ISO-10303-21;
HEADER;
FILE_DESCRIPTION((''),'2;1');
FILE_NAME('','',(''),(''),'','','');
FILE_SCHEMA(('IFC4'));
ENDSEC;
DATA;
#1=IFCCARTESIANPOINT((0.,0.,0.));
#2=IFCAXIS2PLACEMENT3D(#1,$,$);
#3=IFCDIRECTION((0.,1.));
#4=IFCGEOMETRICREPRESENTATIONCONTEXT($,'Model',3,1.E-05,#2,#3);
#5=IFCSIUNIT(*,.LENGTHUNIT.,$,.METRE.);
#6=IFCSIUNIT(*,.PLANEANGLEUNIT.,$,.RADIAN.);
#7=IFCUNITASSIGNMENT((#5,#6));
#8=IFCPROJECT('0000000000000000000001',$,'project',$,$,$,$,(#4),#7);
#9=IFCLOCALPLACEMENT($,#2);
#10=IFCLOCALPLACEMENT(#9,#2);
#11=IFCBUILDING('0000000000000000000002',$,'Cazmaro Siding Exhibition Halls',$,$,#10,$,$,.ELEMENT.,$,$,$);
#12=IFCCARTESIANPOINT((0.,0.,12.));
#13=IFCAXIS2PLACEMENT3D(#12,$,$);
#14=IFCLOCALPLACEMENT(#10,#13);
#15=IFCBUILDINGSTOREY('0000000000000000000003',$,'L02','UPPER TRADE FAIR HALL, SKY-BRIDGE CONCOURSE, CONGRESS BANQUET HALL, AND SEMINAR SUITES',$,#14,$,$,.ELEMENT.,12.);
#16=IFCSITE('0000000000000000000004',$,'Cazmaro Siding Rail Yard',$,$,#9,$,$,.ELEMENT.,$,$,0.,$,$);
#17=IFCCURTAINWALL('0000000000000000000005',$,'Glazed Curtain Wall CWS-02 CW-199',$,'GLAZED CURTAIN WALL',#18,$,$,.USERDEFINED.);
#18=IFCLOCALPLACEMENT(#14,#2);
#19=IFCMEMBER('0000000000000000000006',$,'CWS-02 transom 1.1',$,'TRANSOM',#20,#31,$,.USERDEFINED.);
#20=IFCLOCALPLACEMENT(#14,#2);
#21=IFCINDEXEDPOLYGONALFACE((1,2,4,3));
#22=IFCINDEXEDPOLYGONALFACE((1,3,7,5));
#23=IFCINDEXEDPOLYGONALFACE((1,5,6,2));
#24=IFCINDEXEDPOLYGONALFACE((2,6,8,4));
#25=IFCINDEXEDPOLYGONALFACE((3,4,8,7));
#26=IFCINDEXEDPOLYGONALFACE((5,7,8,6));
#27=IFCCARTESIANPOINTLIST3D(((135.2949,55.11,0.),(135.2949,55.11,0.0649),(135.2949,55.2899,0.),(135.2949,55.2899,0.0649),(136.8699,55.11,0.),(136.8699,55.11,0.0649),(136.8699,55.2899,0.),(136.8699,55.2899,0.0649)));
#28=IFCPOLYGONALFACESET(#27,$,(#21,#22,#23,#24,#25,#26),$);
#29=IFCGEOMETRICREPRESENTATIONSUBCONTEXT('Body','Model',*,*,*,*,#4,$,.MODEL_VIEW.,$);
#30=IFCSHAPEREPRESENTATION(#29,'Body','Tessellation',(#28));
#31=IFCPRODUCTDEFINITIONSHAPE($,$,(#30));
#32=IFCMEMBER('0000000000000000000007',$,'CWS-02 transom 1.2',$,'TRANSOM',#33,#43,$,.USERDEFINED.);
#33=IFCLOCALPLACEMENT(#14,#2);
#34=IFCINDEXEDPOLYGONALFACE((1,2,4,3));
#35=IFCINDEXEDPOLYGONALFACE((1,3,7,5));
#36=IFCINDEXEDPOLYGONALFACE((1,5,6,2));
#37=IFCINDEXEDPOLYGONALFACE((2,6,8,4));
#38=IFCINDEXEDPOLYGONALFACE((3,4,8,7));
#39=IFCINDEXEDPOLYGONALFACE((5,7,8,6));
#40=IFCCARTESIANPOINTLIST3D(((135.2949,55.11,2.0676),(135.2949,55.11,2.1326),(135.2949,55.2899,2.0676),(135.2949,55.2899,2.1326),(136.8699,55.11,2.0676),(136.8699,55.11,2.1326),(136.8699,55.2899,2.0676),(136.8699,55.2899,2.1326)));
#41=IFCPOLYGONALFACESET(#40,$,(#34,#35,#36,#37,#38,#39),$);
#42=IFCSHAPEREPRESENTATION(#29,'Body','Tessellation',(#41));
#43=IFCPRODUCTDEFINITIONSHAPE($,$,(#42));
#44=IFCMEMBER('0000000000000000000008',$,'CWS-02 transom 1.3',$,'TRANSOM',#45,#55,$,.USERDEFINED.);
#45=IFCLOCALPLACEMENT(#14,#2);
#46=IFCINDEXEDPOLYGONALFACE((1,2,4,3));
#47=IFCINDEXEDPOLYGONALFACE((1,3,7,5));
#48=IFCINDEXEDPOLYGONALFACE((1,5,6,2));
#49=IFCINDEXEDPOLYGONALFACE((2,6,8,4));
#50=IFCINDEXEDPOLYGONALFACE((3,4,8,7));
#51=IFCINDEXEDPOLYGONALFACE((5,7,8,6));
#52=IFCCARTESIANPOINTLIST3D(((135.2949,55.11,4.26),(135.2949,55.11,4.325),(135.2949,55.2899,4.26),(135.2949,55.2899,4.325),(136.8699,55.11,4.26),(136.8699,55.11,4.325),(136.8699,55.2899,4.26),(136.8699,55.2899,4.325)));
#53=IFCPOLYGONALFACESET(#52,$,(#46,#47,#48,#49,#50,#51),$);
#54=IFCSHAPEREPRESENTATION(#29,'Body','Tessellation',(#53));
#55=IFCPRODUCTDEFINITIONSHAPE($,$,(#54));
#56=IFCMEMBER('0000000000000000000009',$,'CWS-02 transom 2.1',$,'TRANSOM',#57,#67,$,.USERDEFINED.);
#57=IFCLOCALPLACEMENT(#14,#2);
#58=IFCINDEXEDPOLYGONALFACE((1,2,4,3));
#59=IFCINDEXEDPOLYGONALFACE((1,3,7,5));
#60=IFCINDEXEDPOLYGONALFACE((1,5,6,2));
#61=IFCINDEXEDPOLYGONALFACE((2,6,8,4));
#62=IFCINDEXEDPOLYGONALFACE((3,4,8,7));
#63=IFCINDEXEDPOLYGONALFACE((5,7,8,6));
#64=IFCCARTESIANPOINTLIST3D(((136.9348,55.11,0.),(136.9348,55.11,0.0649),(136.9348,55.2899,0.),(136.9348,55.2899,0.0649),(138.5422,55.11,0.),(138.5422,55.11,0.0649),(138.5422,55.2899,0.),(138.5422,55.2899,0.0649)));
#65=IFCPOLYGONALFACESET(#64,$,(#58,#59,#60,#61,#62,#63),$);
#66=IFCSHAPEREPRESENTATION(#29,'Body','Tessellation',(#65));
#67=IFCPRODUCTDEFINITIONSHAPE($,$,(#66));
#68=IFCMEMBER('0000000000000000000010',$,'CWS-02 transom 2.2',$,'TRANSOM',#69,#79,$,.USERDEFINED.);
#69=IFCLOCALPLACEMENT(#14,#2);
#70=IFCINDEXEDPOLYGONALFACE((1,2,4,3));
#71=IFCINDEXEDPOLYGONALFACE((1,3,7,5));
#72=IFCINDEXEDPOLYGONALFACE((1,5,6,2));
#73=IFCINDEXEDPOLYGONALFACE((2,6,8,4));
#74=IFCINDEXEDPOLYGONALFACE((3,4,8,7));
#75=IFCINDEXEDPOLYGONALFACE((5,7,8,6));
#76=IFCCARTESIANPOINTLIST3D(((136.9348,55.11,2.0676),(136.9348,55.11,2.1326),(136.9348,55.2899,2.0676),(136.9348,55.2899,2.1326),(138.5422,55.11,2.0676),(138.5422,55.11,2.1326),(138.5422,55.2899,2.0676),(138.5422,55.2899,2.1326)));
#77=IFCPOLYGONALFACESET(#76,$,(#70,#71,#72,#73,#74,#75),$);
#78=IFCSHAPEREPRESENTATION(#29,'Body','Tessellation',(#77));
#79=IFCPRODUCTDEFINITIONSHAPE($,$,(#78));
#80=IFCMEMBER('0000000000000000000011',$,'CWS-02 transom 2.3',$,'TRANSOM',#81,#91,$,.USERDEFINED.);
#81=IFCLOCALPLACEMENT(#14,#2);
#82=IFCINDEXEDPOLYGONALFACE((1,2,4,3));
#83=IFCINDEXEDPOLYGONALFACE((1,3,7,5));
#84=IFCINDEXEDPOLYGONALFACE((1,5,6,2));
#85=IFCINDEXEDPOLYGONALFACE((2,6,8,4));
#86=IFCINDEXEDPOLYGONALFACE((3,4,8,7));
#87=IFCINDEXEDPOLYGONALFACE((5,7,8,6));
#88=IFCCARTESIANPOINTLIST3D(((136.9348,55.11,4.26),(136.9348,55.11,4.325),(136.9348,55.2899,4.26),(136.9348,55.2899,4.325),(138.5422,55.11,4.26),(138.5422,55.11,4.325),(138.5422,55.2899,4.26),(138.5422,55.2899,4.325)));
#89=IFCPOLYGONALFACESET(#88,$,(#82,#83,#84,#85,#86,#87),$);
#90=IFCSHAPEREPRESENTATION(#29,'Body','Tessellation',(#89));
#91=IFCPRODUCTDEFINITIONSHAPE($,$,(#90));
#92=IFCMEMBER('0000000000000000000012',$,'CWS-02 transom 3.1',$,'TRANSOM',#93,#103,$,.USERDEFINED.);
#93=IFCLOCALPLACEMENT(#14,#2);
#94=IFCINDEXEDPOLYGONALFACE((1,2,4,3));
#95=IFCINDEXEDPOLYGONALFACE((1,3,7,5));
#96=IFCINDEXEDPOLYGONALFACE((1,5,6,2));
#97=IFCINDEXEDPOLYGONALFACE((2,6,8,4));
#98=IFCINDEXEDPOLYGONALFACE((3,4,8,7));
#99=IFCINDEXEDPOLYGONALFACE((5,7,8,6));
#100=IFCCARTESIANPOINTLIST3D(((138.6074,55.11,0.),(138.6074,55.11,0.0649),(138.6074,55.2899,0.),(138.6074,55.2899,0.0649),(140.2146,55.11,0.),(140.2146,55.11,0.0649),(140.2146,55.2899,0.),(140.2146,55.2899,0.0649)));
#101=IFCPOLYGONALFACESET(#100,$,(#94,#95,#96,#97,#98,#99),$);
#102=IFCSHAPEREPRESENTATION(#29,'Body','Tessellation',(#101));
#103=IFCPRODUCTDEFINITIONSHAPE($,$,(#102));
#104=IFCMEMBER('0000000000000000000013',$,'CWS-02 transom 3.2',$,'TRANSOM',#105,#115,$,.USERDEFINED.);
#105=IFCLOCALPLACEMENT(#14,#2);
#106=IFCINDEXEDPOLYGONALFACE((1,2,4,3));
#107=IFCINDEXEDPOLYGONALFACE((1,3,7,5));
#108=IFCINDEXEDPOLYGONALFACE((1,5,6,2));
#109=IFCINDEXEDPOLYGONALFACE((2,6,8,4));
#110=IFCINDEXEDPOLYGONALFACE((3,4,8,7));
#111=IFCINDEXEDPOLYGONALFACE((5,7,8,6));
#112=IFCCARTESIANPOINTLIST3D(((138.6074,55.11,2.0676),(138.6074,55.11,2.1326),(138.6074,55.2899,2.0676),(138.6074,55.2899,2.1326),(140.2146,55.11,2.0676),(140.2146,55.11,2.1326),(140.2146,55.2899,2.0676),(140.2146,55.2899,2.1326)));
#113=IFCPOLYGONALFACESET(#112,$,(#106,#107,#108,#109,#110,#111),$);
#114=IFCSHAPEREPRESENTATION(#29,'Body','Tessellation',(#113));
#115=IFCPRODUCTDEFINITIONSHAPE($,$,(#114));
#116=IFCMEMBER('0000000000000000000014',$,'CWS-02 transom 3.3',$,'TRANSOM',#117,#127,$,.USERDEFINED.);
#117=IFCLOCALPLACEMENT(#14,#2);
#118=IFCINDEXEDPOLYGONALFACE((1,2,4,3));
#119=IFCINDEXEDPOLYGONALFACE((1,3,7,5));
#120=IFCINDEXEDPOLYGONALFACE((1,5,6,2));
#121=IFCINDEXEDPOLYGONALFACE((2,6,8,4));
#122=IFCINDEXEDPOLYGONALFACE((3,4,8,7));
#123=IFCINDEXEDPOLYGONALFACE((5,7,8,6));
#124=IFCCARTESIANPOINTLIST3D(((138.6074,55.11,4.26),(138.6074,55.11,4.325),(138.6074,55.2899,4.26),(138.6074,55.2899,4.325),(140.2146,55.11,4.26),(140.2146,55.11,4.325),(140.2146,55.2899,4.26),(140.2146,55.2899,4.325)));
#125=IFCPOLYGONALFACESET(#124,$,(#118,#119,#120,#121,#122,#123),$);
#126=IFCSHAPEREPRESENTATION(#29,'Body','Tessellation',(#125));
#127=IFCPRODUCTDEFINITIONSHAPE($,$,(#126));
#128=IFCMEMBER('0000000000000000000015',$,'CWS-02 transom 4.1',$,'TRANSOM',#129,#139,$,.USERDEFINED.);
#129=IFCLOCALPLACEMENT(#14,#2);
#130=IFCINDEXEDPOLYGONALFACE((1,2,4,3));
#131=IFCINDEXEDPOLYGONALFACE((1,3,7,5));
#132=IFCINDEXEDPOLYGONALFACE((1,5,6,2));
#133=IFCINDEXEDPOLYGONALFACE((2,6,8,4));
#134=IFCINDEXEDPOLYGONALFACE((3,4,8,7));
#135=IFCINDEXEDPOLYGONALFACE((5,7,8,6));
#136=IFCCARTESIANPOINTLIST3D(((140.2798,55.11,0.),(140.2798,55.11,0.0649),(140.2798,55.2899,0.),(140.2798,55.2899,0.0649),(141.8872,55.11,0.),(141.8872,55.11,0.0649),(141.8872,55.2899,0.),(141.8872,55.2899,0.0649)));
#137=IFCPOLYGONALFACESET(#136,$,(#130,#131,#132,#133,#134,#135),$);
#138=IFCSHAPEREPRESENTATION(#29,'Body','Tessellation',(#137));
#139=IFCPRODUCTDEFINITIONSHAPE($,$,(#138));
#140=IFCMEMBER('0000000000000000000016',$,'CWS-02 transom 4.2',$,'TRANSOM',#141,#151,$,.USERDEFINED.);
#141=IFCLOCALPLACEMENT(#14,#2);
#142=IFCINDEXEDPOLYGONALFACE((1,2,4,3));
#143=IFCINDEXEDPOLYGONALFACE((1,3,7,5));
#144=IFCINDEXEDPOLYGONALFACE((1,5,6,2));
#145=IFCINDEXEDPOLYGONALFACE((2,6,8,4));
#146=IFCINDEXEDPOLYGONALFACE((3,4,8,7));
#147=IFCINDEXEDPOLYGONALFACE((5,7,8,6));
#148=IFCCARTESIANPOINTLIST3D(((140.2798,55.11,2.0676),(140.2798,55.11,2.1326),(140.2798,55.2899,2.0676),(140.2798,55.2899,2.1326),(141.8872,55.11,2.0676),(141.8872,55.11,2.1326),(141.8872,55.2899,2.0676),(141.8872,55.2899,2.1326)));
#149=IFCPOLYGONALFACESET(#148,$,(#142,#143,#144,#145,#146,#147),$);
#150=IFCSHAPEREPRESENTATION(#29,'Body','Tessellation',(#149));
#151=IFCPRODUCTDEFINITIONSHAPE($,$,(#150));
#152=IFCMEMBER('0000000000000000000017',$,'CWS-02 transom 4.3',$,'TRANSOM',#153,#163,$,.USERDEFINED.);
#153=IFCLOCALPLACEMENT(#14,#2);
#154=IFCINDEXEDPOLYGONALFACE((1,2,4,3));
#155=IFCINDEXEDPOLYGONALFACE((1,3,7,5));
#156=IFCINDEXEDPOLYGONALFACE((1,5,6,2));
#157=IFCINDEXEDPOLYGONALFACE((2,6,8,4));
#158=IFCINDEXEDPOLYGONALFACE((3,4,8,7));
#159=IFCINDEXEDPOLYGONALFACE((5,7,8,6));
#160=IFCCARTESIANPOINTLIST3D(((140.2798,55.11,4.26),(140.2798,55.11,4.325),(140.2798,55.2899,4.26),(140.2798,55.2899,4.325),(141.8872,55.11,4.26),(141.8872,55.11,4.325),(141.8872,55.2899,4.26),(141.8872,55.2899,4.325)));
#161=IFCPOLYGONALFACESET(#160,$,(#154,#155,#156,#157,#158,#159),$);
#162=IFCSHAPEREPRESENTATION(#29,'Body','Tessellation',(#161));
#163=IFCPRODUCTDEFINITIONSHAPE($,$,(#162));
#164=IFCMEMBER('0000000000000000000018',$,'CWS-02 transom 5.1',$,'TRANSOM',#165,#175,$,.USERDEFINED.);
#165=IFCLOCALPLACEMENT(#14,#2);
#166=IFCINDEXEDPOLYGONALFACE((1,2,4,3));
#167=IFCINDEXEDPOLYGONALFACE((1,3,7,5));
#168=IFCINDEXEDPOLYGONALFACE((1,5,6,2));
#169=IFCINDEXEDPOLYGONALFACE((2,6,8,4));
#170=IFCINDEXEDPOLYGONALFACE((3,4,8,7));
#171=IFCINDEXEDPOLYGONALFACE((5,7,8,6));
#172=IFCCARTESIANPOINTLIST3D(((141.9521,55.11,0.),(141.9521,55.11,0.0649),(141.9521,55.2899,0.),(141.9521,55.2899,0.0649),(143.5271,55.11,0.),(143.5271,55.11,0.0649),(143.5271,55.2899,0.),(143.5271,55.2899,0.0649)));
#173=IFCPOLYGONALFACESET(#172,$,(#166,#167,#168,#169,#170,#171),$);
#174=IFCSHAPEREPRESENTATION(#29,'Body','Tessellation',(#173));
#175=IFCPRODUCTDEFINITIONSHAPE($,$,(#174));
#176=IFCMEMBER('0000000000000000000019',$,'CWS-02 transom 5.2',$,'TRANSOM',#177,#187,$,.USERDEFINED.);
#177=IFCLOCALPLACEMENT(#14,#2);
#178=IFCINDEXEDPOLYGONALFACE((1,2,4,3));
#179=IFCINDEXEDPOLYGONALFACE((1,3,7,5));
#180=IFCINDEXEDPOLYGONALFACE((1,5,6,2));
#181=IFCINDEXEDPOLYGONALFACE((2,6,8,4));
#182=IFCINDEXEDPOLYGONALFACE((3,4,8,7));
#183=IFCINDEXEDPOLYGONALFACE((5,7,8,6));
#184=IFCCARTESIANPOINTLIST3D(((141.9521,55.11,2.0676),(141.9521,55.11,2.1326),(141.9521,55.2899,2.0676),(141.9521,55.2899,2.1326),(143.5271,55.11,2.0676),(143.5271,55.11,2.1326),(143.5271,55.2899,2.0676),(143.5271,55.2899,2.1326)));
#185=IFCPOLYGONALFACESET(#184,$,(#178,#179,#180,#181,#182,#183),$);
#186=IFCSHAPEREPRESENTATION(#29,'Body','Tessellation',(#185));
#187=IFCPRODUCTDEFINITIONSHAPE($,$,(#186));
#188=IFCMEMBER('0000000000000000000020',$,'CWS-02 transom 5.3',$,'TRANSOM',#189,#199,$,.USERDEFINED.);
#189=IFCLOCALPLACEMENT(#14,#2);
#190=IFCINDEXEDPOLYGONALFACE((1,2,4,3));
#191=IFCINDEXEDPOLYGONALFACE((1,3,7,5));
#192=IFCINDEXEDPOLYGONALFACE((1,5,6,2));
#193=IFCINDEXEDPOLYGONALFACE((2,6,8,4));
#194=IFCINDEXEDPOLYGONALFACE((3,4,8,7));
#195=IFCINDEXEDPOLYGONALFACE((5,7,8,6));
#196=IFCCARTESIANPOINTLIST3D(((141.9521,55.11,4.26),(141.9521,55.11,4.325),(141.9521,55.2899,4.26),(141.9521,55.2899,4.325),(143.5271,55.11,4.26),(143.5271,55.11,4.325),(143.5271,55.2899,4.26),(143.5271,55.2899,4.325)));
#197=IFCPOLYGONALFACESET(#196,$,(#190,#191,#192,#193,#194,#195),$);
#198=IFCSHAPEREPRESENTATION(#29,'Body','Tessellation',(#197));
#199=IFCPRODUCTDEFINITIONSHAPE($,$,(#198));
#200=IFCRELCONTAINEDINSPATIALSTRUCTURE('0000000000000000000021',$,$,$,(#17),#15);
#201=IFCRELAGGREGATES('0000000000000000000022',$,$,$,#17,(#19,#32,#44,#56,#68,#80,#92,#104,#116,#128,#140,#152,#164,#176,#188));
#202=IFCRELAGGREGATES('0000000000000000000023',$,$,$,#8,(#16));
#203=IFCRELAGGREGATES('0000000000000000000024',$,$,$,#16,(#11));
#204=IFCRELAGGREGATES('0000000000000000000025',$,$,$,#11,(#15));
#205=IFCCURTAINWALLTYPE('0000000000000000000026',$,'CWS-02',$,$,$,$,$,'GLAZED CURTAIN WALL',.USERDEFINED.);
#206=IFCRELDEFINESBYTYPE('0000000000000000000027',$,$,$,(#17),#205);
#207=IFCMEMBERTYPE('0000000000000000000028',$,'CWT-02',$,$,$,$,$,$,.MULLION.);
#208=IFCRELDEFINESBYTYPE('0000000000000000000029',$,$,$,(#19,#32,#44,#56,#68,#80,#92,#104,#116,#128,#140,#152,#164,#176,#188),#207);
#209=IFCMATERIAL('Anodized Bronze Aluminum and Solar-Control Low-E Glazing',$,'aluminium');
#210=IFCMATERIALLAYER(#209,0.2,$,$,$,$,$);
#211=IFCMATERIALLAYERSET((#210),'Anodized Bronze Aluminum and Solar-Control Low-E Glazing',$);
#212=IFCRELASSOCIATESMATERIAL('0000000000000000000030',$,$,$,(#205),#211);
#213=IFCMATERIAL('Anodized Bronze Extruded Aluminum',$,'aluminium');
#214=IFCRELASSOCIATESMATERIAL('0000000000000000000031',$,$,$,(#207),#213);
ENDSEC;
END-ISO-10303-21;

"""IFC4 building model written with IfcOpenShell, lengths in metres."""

from ifc_helpers import new_model, si_unit, direction, frame, origin, origin_2d, place, context, subcontext, project, spatial, rectangle, extrude, material, layer, layer_set, material_profile, profile_set, type_object, element, aggregate, save


model = new_model("IFC4")

# Units and contexts
model_context = context("Model", 3, precision=1e-05, world=origin(), true_north=direction((0.0, 1.0)))
body_context = subcontext(model_context, "Body", "Model", "MODEL_VIEW")
ifc_project = project(units=[si_unit("LENGTHUNIT", "METRE"), si_unit("PLANEANGLEUNIT", "RADIAN")], contexts=[model_context])

# Site, building, storey
site_placement = place(None, origin())
site = spatial("IfcSite", under=ifc_project, at=site_placement, Name="Cazmaro Siding Rail Yard", CompositionType="ELEMENT", RefElevation=0.0)
building_placement = place(site_placement, origin())
building = spatial("IfcBuilding", under=site, at=building_placement, Name="Cazmaro Siding Exhibition Halls", CompositionType="ELEMENT")
storey_placement = place(building_placement, frame((0.0, 0.0, 12.0)))
storey = spatial("IfcBuildingStorey", under=building, at=storey_placement, Name="L02", Description="UPPER TRADE FAIR HALL, SKY-BRIDGE CONCOURSE, CONGRESS BANQUET HALL, AND SEMINAR SUITES", CompositionType="ELEMENT", Elevation=12.0)

# Curtain wall, members
ifc_material_1 = material(Name="Anodized Bronze Aluminum and Solar-Control Low-E Glazing", Category="aluminium")
ifc_layer_1 = layer(ifc_material_1, 0.2)
ifc_layer_set_1 = layer_set([ifc_layer_1], Name="Anodized Bronze Aluminum and Solar-Control Low-E Glazing")
curtain_wall_type = type_object("IfcCurtainWallType", Name="CWS-02", ElementType="GLAZED CURTAIN WALL", PredefinedType="USERDEFINED", material=ifc_layer_set_1)
curtain_wall_placement = place(storey_placement, origin())
curtain_wall = element("IfcCurtainWall", 1, at=curtain_wall_placement, inside=storey, type_object=curtain_wall_type, Name="Glazed Curtain Wall CWS-02 CW-199", ObjectType="GLAZED CURTAIN WALL", PredefinedType="USERDEFINED")
ifc_material_2 = material(Name="Anodized Bronze Extruded Aluminum", Category="aluminium")
ifc_material_profile_1 = material_profile(ifc_material_2, rectangle(XDim=0.1799, YDim=0.0649, at=origin_2d()), Name="CWT-02")
ifc_profile_set_1 = profile_set([ifc_material_profile_1], Name="Anodized Bronze Extruded Aluminum")
member_type_1 = type_object("IfcMemberType", Name="CWT-02", PredefinedType="MULLION", material=ifc_profile_set_1)
member_1_placement = place(storey_placement, frame((135.2949, 55.2, 0.0325), z_axis=(1.0, 0.0, 0.0), x_axis=(0.0, 1.0, 0.0)))
member_1 = element("IfcMember", 2, at=member_1_placement, type_object=member_type_1, Name="CWS-02 transom 1.1", ObjectType="TRANSOM", PredefinedType="USERDEFINED", context=body_context, shape_type="SweptSolid", body=[
    extrude(rectangle(XDim=0.1799, YDim=0.0649, at=origin_2d()), origin(), (0.0, 0.0, 1.0), 1.575),
])
member_2_placement = place(storey_placement, frame((135.2949, 55.2, 2.1001), z_axis=(1.0, 0.0, 0.0), x_axis=(0.0, 1.0, 0.0)))
member_2 = element("IfcMember", 3, at=member_2_placement, type_object=member_type_1, Name="CWS-02 transom 1.2", ObjectType="TRANSOM", PredefinedType="USERDEFINED", context=body_context, shape_type="SweptSolid", body=[
    extrude(rectangle(XDim=0.1799, YDim=0.0649, at=origin_2d()), origin(), (0.0, 0.0, 1.0), 1.575),
])
member_3_placement = place(storey_placement, frame((135.2949, 55.2, 4.2925), z_axis=(1.0, 0.0, 0.0), x_axis=(0.0, 1.0, 0.0)))
member_3 = element("IfcMember", 4, at=member_3_placement, type_object=member_type_1, Name="CWS-02 transom 1.3", ObjectType="TRANSOM", PredefinedType="USERDEFINED", context=body_context, shape_type="SweptSolid", body=[
    extrude(rectangle(XDim=0.1799, YDim=0.0649, at=origin_2d()), origin(), (0.0, 0.0, 1.0), 1.575),
])
member_4_placement = place(storey_placement, frame((136.9348, 55.2, 0.0325), z_axis=(1.0, 0.0, 0.0), x_axis=(0.0, 1.0, 0.0)))
member_4 = element("IfcMember", 5, at=member_4_placement, type_object=member_type_1, Name="CWS-02 transom 2.1", ObjectType="TRANSOM", PredefinedType="USERDEFINED", context=body_context, shape_type="SweptSolid", body=[
    extrude(rectangle(XDim=0.1799, YDim=0.0649, at=origin_2d()), origin(), (0.0, 0.0, 1.0), 1.6074),
])
member_5_placement = place(storey_placement, frame((136.9348, 55.2, 2.1001), z_axis=(1.0, 0.0, 0.0), x_axis=(0.0, 1.0, 0.0)))
member_5 = element("IfcMember", 6, at=member_5_placement, type_object=member_type_1, Name="CWS-02 transom 2.2", ObjectType="TRANSOM", PredefinedType="USERDEFINED", context=body_context, shape_type="SweptSolid", body=[
    extrude(rectangle(XDim=0.1799, YDim=0.0649, at=origin_2d()), origin(), (0.0, 0.0, 1.0), 1.6074),
])
member_6_placement = place(storey_placement, frame((136.9348, 55.2, 4.2925), z_axis=(1.0, 0.0, 0.0), x_axis=(0.0, 1.0, 0.0)))
member_6 = element("IfcMember", 7, at=member_6_placement, type_object=member_type_1, Name="CWS-02 transom 2.3", ObjectType="TRANSOM", PredefinedType="USERDEFINED", context=body_context, shape_type="SweptSolid", body=[
    extrude(rectangle(XDim=0.1799, YDim=0.0649, at=origin_2d()), origin(), (0.0, 0.0, 1.0), 1.6074),
])
member_7_placement = place(storey_placement, frame((138.6074, 55.2, 0.0325), z_axis=(1.0, 0.0, 0.0), x_axis=(0.0, 1.0, 0.0)))
member_7 = element("IfcMember", 8, at=member_7_placement, type_object=member_type_1, Name="CWS-02 transom 3.1", ObjectType="TRANSOM", PredefinedType="USERDEFINED", context=body_context, shape_type="SweptSolid", body=[
    extrude(rectangle(XDim=0.1799, YDim=0.0649, at=origin_2d()), origin(), (0.0, 0.0, 1.0), 1.6072),
])
member_8_placement = place(storey_placement, frame((138.6074, 55.2, 2.1001), z_axis=(1.0, 0.0, 0.0), x_axis=(0.0, 1.0, 0.0)))
member_8 = element("IfcMember", 9, at=member_8_placement, type_object=member_type_1, Name="CWS-02 transom 3.2", ObjectType="TRANSOM", PredefinedType="USERDEFINED", context=body_context, shape_type="SweptSolid", body=[
    extrude(rectangle(XDim=0.1799, YDim=0.0649, at=origin_2d()), origin(), (0.0, 0.0, 1.0), 1.6072),
])
member_9_placement = place(storey_placement, frame((138.6074, 55.2, 4.2925), z_axis=(1.0, 0.0, 0.0), x_axis=(0.0, 1.0, 0.0)))
member_9 = element("IfcMember", 10, at=member_9_placement, type_object=member_type_1, Name="CWS-02 transom 3.3", ObjectType="TRANSOM", PredefinedType="USERDEFINED", context=body_context, shape_type="SweptSolid", body=[
    extrude(rectangle(XDim=0.1799, YDim=0.0649, at=origin_2d()), origin(), (0.0, 0.0, 1.0), 1.6072),
])
member_10_placement = place(storey_placement, frame((140.2798, 55.2, 0.0325), z_axis=(1.0, 0.0, 0.0), x_axis=(0.0, 1.0, 0.0)))
member_10 = element("IfcMember", 11, at=member_10_placement, type_object=member_type_1, Name="CWS-02 transom 4.1", ObjectType="TRANSOM", PredefinedType="USERDEFINED", context=body_context, shape_type="SweptSolid", body=[
    extrude(rectangle(XDim=0.1799, YDim=0.0649, at=origin_2d()), origin(), (0.0, 0.0, 1.0), 1.6074),
])
member_11_placement = place(storey_placement, frame((140.2798, 55.2, 2.1001), z_axis=(1.0, 0.0, 0.0), x_axis=(0.0, 1.0, 0.0)))
member_11 = element("IfcMember", 12, at=member_11_placement, type_object=member_type_1, Name="CWS-02 transom 4.2", ObjectType="TRANSOM", PredefinedType="USERDEFINED", context=body_context, shape_type="SweptSolid", body=[
    extrude(rectangle(XDim=0.1799, YDim=0.0649, at=origin_2d()), origin(), (0.0, 0.0, 1.0), 1.6074),
])
member_12_placement = place(storey_placement, frame((140.2798, 55.2, 4.2925), z_axis=(1.0, 0.0, 0.0), x_axis=(0.0, 1.0, 0.0)))
member_12 = element("IfcMember", 13, at=member_12_placement, type_object=member_type_1, Name="CWS-02 transom 4.3", ObjectType="TRANSOM", PredefinedType="USERDEFINED", context=body_context, shape_type="SweptSolid", body=[
    extrude(rectangle(XDim=0.1799, YDim=0.0649, at=origin_2d()), origin(), (0.0, 0.0, 1.0), 1.6074),
])
member_13_placement = place(storey_placement, frame((141.9521, 55.2, 0.0325), z_axis=(1.0, 0.0, 0.0), x_axis=(0.0, 1.0, 0.0)))
member_13 = element("IfcMember", 14, at=member_13_placement, type_object=member_type_1, Name="CWS-02 transom 5.1", ObjectType="TRANSOM", PredefinedType="USERDEFINED", context=body_context, shape_type="SweptSolid", body=[
    extrude(rectangle(XDim=0.1799, YDim=0.0649, at=origin_2d()), origin(), (0.0, 0.0, 1.0), 1.575),
])
member_14_placement = place(storey_placement, frame((141.9521, 55.2, 2.1001), z_axis=(1.0, 0.0, 0.0), x_axis=(0.0, 1.0, 0.0)))
member_14 = element("IfcMember", 15, at=member_14_placement, type_object=member_type_1, Name="CWS-02 transom 5.2", ObjectType="TRANSOM", PredefinedType="USERDEFINED", context=body_context, shape_type="SweptSolid", body=[
    extrude(rectangle(XDim=0.1799, YDim=0.0649, at=origin_2d()), origin(), (0.0, 0.0, 1.0), 1.575),
])
member_15_placement = place(storey_placement, frame((141.9521, 55.2, 4.2925), z_axis=(1.0, 0.0, 0.0), x_axis=(0.0, 1.0, 0.0)))
member_15 = element("IfcMember", 16, at=member_15_placement, type_object=member_type_1, Name="CWS-02 transom 5.3", ObjectType="TRANSOM", PredefinedType="USERDEFINED", context=body_context, shape_type="SweptSolid", body=[
    extrude(rectangle(XDim=0.1799, YDim=0.0649, at=origin_2d()), origin(), (0.0, 0.0, 1.0), 1.575),
])

aggregate(curtain_wall, [member_1, member_2, member_3, member_4, member_5, member_6, member_7, member_8, member_9, member_10, member_11, member_12, member_13, member_14, member_15])

save(model, "model.ifc")
